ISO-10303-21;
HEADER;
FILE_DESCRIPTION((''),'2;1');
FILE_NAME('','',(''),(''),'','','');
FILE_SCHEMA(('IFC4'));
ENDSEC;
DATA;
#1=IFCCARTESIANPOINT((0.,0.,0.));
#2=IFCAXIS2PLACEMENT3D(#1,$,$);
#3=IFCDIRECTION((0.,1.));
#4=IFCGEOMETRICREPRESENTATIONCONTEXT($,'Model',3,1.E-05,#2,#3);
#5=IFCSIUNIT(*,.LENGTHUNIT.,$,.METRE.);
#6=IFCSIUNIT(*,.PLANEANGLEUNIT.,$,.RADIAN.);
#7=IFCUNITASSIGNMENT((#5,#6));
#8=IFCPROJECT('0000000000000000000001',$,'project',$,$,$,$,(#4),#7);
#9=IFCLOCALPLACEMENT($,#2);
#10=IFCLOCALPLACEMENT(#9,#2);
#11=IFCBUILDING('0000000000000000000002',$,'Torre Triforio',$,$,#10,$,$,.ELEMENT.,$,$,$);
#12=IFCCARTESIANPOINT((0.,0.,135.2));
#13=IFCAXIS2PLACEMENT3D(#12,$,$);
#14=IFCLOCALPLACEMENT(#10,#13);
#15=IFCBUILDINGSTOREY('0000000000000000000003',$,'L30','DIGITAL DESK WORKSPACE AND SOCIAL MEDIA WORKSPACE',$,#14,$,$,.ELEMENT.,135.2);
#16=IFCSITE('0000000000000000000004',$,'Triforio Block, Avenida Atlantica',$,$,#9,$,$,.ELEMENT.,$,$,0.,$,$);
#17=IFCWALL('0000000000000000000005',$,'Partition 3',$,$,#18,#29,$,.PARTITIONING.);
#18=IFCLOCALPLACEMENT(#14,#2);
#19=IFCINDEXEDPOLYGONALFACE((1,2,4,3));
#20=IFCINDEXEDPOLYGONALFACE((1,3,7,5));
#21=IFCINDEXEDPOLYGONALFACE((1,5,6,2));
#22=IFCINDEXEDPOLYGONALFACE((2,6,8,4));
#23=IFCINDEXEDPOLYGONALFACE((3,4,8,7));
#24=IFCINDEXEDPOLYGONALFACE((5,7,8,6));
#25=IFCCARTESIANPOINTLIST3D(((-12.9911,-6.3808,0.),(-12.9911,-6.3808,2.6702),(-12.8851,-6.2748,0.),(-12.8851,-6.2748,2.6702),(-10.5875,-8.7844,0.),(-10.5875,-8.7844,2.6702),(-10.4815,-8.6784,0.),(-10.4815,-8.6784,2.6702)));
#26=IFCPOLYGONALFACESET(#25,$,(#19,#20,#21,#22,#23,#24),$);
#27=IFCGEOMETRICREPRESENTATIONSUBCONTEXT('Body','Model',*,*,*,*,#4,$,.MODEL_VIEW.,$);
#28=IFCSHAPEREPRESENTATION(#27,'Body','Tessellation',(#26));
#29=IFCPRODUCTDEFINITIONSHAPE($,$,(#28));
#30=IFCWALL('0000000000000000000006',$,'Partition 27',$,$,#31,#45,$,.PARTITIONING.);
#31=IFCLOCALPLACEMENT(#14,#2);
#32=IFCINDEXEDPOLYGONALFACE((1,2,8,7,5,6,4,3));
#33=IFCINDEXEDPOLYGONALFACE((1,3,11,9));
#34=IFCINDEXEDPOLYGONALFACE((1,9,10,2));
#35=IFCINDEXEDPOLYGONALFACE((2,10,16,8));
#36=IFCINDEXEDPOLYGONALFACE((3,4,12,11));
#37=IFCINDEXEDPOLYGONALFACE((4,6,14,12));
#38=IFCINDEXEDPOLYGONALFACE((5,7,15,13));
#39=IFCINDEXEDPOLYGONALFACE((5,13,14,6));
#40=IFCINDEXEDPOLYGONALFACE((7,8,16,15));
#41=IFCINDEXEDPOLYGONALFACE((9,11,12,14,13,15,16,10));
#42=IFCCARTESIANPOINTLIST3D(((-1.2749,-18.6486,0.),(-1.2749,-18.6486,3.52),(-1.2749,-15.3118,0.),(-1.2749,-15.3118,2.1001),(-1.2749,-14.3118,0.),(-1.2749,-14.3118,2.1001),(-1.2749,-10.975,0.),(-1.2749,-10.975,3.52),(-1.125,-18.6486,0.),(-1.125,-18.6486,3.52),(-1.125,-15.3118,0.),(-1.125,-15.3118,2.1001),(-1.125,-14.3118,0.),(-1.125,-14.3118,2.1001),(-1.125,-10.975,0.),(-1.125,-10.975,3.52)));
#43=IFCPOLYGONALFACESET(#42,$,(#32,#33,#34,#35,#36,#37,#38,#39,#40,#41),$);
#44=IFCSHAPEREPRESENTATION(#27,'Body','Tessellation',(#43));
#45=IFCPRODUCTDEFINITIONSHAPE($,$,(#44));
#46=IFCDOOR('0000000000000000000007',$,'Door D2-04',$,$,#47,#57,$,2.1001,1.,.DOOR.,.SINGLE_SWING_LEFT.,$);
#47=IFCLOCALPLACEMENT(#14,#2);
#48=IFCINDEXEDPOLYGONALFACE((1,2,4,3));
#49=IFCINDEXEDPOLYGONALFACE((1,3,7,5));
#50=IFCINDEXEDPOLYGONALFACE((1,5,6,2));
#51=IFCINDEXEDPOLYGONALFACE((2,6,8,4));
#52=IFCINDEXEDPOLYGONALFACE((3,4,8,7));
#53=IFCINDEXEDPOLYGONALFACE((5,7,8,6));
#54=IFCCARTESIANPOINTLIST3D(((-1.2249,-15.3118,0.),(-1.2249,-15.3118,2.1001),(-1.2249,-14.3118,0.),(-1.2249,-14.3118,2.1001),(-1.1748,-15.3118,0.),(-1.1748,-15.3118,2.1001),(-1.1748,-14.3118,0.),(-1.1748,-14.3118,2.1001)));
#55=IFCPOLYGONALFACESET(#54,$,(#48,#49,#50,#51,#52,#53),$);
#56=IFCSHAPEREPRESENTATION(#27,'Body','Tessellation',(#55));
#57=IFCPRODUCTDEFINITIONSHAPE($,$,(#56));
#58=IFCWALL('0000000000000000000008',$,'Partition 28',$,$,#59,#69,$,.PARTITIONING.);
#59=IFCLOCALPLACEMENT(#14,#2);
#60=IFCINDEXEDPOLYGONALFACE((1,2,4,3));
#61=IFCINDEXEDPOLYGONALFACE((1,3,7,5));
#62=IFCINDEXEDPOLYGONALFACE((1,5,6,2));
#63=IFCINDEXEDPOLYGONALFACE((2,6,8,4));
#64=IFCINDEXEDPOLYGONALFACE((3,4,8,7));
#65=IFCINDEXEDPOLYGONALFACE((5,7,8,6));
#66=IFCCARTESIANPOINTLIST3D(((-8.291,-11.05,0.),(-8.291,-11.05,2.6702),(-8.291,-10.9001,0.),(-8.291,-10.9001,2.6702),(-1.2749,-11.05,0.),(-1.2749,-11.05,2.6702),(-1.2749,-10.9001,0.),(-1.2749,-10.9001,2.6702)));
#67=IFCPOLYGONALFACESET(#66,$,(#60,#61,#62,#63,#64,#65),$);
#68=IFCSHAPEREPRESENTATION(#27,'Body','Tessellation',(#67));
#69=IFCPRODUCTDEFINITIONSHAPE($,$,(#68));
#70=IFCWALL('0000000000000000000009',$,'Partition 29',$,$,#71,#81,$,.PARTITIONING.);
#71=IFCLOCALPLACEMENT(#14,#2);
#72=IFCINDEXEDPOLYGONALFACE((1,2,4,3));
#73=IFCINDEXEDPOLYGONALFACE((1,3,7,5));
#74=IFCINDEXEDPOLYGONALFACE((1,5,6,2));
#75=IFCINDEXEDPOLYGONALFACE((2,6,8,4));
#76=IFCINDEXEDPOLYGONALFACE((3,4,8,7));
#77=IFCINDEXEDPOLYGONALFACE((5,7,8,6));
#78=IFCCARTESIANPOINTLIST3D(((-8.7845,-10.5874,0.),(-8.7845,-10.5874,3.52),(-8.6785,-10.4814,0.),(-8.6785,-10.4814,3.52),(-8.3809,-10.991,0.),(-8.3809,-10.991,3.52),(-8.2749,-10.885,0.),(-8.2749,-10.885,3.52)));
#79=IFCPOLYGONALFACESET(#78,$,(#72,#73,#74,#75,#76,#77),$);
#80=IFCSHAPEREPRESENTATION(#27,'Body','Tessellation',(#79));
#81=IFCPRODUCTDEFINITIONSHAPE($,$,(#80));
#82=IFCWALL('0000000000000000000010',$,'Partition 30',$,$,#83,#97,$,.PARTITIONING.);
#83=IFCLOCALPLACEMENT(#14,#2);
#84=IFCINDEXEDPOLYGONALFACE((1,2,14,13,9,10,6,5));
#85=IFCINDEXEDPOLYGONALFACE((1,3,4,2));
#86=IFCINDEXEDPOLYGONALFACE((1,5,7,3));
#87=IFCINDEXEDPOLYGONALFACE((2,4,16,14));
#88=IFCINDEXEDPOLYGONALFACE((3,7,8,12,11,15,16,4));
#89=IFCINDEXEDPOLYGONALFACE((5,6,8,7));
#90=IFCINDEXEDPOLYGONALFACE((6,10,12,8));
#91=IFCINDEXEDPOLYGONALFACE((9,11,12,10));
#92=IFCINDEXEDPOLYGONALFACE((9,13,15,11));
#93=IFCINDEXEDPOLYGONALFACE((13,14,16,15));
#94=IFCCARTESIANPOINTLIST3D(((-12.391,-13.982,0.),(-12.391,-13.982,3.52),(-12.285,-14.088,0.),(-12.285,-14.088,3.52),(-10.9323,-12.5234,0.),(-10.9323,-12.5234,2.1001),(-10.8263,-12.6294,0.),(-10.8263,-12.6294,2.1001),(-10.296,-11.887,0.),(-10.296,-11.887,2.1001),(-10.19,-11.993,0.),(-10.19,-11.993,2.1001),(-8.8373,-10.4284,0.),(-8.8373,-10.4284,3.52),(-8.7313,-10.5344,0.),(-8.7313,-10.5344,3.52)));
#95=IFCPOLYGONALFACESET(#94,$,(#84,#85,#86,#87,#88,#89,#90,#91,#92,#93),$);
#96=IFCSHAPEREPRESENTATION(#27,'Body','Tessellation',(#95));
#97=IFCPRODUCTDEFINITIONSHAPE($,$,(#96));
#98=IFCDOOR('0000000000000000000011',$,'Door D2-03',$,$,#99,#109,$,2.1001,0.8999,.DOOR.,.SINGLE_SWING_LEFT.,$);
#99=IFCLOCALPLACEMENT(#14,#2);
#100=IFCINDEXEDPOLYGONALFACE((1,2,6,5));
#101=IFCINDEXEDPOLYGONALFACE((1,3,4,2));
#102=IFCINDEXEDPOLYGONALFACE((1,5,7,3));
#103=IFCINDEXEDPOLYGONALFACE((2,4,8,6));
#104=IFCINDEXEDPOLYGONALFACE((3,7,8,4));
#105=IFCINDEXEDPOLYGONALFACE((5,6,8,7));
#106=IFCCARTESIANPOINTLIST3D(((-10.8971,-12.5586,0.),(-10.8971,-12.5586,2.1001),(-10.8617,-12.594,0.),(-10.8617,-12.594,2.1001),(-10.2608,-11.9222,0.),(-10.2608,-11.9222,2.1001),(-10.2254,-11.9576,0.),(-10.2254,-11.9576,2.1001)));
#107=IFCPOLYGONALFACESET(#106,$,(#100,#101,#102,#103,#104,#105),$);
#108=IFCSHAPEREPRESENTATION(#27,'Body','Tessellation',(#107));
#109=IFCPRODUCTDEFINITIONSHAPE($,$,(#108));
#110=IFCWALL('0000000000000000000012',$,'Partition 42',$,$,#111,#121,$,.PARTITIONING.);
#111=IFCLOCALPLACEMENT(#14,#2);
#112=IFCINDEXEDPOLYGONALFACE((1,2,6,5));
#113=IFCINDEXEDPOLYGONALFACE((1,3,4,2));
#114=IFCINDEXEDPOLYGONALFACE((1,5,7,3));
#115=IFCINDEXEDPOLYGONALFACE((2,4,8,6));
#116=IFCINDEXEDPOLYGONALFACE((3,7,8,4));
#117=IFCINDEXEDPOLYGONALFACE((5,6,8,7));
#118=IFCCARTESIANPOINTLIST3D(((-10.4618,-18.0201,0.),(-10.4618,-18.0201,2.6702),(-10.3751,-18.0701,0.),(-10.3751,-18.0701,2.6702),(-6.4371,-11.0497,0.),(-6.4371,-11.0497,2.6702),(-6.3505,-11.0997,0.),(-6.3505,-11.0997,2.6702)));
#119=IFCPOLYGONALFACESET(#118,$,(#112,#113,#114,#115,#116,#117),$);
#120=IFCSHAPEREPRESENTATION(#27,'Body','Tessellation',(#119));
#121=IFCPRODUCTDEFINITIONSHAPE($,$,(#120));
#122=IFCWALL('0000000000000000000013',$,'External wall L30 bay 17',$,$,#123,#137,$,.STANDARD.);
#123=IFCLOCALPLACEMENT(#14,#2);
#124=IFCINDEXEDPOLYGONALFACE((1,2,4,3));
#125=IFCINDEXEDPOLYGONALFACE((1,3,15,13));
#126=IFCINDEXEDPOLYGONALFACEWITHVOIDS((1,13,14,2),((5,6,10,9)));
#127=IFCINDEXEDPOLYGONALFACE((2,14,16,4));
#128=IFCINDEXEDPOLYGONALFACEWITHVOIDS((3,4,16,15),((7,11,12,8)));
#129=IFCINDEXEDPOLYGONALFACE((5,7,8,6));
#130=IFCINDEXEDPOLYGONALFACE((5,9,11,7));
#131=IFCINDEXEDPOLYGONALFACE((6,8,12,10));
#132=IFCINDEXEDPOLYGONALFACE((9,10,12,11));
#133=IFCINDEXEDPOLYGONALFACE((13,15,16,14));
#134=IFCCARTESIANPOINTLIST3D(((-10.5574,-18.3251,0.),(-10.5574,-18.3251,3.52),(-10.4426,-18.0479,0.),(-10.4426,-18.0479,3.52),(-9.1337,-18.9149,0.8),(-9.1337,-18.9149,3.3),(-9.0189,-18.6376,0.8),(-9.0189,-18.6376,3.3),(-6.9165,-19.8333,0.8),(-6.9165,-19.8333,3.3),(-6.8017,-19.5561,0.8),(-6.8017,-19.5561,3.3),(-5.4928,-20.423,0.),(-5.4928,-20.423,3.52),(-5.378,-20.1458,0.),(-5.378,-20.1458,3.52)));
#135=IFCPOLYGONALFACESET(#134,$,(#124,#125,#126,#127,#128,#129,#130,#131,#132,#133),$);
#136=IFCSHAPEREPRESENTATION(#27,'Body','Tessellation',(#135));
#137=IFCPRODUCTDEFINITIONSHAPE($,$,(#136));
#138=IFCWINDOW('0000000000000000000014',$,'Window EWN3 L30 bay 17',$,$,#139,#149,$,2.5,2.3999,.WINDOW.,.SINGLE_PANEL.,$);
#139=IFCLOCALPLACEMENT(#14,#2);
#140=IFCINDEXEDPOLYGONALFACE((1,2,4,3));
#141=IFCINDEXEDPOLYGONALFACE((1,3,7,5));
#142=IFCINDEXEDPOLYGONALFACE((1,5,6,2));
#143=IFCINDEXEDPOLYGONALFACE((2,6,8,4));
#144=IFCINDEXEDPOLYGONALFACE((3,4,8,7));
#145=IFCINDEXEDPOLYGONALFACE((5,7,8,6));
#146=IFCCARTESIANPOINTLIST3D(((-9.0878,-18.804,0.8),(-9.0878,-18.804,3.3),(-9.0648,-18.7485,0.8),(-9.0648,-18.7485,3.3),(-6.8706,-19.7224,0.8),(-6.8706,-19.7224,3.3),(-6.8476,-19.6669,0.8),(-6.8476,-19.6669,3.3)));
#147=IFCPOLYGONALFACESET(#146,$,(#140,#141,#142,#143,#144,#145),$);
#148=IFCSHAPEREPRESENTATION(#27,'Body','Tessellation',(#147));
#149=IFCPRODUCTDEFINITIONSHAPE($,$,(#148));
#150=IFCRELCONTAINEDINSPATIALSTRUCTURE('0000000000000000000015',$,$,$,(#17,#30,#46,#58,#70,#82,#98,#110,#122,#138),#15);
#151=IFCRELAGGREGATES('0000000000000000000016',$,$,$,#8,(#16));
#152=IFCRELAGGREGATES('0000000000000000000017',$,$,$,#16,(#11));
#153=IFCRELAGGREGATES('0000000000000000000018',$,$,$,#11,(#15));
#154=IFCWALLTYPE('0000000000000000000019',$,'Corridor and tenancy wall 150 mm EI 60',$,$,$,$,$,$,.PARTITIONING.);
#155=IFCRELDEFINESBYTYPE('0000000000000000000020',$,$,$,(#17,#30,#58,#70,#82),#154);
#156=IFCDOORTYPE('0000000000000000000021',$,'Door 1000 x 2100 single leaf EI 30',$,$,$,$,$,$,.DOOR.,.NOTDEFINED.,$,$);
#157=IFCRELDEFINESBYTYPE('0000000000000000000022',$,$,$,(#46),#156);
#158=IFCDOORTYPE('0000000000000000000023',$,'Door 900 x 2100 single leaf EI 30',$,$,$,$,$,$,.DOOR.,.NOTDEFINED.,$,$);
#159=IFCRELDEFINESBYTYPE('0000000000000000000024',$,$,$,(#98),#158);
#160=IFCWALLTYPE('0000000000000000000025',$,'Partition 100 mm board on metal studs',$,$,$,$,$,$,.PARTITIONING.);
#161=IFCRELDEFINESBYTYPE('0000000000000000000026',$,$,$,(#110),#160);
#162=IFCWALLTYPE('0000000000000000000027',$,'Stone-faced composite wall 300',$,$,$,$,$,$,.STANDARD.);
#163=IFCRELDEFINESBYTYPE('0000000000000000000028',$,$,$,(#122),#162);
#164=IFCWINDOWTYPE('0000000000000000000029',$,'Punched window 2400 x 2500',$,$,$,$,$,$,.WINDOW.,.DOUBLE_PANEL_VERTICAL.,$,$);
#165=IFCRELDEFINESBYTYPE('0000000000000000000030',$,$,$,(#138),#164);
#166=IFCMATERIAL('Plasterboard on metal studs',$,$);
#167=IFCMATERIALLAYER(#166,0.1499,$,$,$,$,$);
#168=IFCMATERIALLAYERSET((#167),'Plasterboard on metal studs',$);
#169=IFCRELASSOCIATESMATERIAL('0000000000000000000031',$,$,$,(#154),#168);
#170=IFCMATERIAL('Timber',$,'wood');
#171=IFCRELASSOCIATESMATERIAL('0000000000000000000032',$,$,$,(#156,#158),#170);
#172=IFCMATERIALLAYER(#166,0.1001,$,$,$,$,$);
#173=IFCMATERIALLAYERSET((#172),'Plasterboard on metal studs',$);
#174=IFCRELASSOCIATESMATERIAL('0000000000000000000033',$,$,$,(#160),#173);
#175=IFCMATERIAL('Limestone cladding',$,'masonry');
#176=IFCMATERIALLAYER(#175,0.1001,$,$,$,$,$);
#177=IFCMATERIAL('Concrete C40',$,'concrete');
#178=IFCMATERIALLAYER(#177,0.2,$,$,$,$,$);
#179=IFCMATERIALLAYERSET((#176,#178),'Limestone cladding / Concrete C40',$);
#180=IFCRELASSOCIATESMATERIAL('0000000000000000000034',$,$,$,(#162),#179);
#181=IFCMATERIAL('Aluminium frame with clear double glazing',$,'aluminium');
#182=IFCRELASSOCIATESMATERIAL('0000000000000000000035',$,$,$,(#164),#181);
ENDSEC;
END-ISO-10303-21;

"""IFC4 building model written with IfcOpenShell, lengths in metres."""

from ifc_helpers import new_model, si_unit, direction, frame, frame_2d, origin, place, context, subcontext, project, spatial, rectangle, extrude, material, layer, layer_set, type_object, element, fill, save


model = new_model("IFC4")

# Units and contexts
model_context = context("Model", 3, precision=1e-05, world=origin(), true_north=direction((0.0, 1.0)))
body_context = subcontext(model_context, "Body", "Model", "MODEL_VIEW")
ifc_project = project(units=[si_unit("LENGTHUNIT", "METRE"), si_unit("PLANEANGLEUNIT", "RADIAN")], contexts=[model_context])

# Site, building, storey
site_placement = place(None, origin())
site = spatial("IfcSite", under=ifc_project, at=site_placement, Name="Triforio Block, Avenida Atlantica", CompositionType="ELEMENT", RefElevation=0.0)
building_placement = place(site_placement, origin())
building = spatial("IfcBuilding", under=site, at=building_placement, Name="Torre Triforio", CompositionType="ELEMENT")
storey_placement = place(building_placement, frame((0.0, 0.0, 135.2)))
storey = spatial("IfcBuildingStorey", under=building, at=storey_placement, Name="L30", Description="DIGITAL DESK WORKSPACE AND SOCIAL MEDIA WORKSPACE", CompositionType="ELEMENT", Elevation=135.2)

# Wall
ifc_material_1 = material(Name="Plasterboard on metal studs")
ifc_layer_1 = layer(ifc_material_1, 0.1499)
ifc_layer_set_1 = layer_set([ifc_layer_1], Name="Plasterboard on metal studs")
wall_type_1 = type_object("IfcWallType", Name="Corridor and tenancy wall 150 mm EI 60", PredefinedType="PARTITIONING", material=ifc_layer_set_1)
wall_1_placement = place(storey_placement, frame((-10.5344, -8.7314, 0.0), z_axis=(0.0, 0.0, 1.0), x_axis=(-0.707107, 0.707107, 0.0)))
element("IfcWall", 1, at=wall_1_placement, inside=storey, type_object=wall_type_1, Name="Partition 3", PredefinedType="PARTITIONING", context=body_context, shape_type="SweptSolid", body=[
    extrude(rectangle(XDim=3.3992, YDim=0.1499, at=frame_2d((1.6997, 0.0))), origin(), (0.0, 0.0, 1.0), 2.6702),
])

# Wall, opening, door
wall_2_placement = place(storey_placement, frame((-1.2, -18.6487, 0.0), z_axis=(0.0, 0.0, 1.0), x_axis=(0.0, 1.0, 0.0)))
wall_2 = element("IfcWall", 2, at=wall_2_placement, inside=storey, type_object=wall_type_1, Name="Partition 27", PredefinedType="PARTITIONING", context=body_context, shape_type="SweptSolid", body=[
    extrude(rectangle(XDim=7.6736, YDim=0.1499, at=frame_2d((3.8369, 0.0))), origin(), (0.0, 0.0, 1.0), 3.52),
])
opening_1_placement = place(wall_2_placement, frame((3.3369, 0.0, 0.0)))
opening_1 = element("IfcOpeningElement", 3, at=opening_1_placement, cuts=wall_2, PredefinedType="OPENING", context=body_context, shape_type="SweptSolid", body=[
    extrude(rectangle(XDim=1.0, YDim=2.1001, at=frame_2d((0.5, 1.05))), frame((0.0, 0.085, 0.0), z_axis=(0.0, -1.0, 0.0), x_axis=(1.0, 0.0, 0.0)), (0.0, 0.0, 1.0), 0.1699),
])
ifc_material_2 = material(Name="Timber", Category="wood")
door_type_1 = type_object("IfcDoorType", Name="Door 1000 x 2100 single leaf EI 30", OperationType="NOTDEFINED", PredefinedType="DOOR", material=ifc_material_2)
door_1_placement = place(opening_1_placement, origin())
door_1 = element("IfcDoor", 4, at=door_1_placement, inside=storey, type_object=door_type_1, Name="Door D2-04", OperationType="SINGLE_SWING_LEFT", OverallHeight=2.1001, OverallWidth=1.0, PredefinedType="DOOR", context=body_context, shape_type="SweptSolid", body=[
    extrude(rectangle(XDim=1.0, YDim=2.1001, at=frame_2d((0.5, 1.05))), frame((0.0, 0.0249, 0.0), z_axis=(0.0, -1.0, 0.0), x_axis=(1.0, 0.0, 0.0)), (0.0, 0.0, 1.0), 0.05),
])
fill(opening_1, door_1)

# Walls
wall_3_placement = place(storey_placement, frame((-1.2749, -10.9751, 0.0), z_axis=(0.0, 0.0, 1.0), x_axis=(-1.0, 0.0, 0.0)))
element("IfcWall", 5, at=wall_3_placement, inside=storey, type_object=wall_type_1, Name="Partition 28", PredefinedType="PARTITIONING", context=body_context, shape_type="SweptSolid", body=[
    extrude(rectangle(XDim=7.0161, YDim=0.1499, at=frame_2d((3.5081, 0.0))), origin(), (0.0, 0.0, 1.0), 2.6702),
])
wall_4_placement = place(storey_placement, frame((-8.3279, -10.938, 0.0), z_axis=(0.0, 0.0, 1.0), x_axis=(-0.707107, 0.707107, 0.0)))
element("IfcWall", 6, at=wall_4_placement, inside=storey, type_object=wall_type_1, Name="Partition 29", PredefinedType="PARTITIONING", context=body_context, shape_type="SweptSolid", body=[
    extrude(rectangle(XDim=0.5708, YDim=0.1499, at=frame_2d((0.2854, 0.0))), origin(), (0.0, 0.0, 1.0), 3.52),
])

# Wall, opening, door
wall_5_placement = place(storey_placement, frame((-8.7844, -10.4814, 0.0), z_axis=(0.0, 0.0, 1.0), x_axis=(-0.707107, -0.707107, 0.0)))
wall_5 = element("IfcWall", 7, at=wall_5_placement, inside=storey, type_object=wall_type_1, Name="Partition 30", PredefinedType="PARTITIONING", context=body_context, shape_type="SweptSolid", body=[
    extrude(rectangle(XDim=5.0256, YDim=0.1499, at=frame_2d((2.5127, 0.0))), origin(), (0.0, 0.0, 1.0), 3.52),
])
opening_2_placement = place(wall_5_placement, frame((2.0627, 0.0, 0.0)))
opening_2 = element("IfcOpeningElement", 8, at=opening_2_placement, cuts=wall_5, PredefinedType="OPENING", context=body_context, shape_type="SweptSolid", body=[
    extrude(rectangle(XDim=0.8999, YDim=2.1001, at=frame_2d((0.45, 1.05))), frame((0.0, 0.085, 0.0), z_axis=(0.0, -1.0, 0.0), x_axis=(1.0, 0.0, 0.0)), (0.0, 0.0, 1.0), 0.1699),
])
door_type_2 = type_object("IfcDoorType", Name="Door 900 x 2100 single leaf EI 30", OperationType="NOTDEFINED", PredefinedType="DOOR", material=ifc_material_2)
door_2_placement = place(opening_2_placement, origin())
door_2 = element("IfcDoor", 9, at=door_2_placement, inside=storey, type_object=door_type_2, Name="Door D2-03", OperationType="SINGLE_SWING_LEFT", OverallHeight=2.1001, OverallWidth=0.8999, PredefinedType="DOOR", context=body_context, shape_type="SweptSolid", body=[
    extrude(rectangle(XDim=0.8999, YDim=2.1001, at=frame_2d((0.45, 1.05))), frame((0.0, 0.0249, 0.0), z_axis=(0.0, -1.0, 0.0), x_axis=(1.0, 0.0, 0.0)), (0.0, 0.0, 1.0), 0.05),
])
fill(opening_2, door_2)

# Wall
ifc_layer_2 = layer(ifc_material_1, 0.1001)
ifc_layer_set_2 = layer_set([ifc_layer_2], Name="Plasterboard on metal studs")
wall_type_2 = type_object("IfcWallType", Name="Partition 100 mm board on metal studs", PredefinedType="PARTITIONING", material=ifc_layer_set_2)
wall_6_placement = place(storey_placement, frame((-6.3938, -11.0747, 0.0), z_axis=(0.0, 0.0, 1.0), x_axis=(-0.500024, -0.866011, 0.0)))
element("IfcWall", 10, at=wall_6_placement, inside=storey, type_object=wall_type_2, Name="Partition 42", PredefinedType="PARTITIONING", context=body_context, shape_type="SweptSolid", body=[
    extrude(rectangle(XDim=8.0488, YDim=0.1001, at=frame_2d((4.0244, 0.0))), origin(), (0.0, 0.0, 1.0), 2.6702),
])

# Wall, opening, window
ifc_material_3 = material(Name="Limestone cladding", Category="masonry")
ifc_layer_3 = layer(ifc_material_3, 0.1001)
ifc_material_4 = material(Name="Concrete C40", Category="concrete")
ifc_layer_4 = layer(ifc_material_4, 0.2)
ifc_layer_set_3 = layer_set([ifc_layer_3, ifc_layer_4], Name="Limestone cladding / Concrete C40")
wall_type_3 = type_object("IfcWallType", Name="Stone-faced composite wall 300", PredefinedType="STANDARD", material=ifc_layer_set_3)
wall_7_placement = place(storey_placement, frame((-10.5, -18.1865, 0.0), z_axis=(0.0, 0.0, 1.0), x_axis=(0.923877, -0.382689, 0.0)))
wall_7 = element("IfcWall", 11, at=wall_7_placement, inside=storey, type_object=wall_type_3, Name="External wall L30 bay 17", PredefinedType="STANDARD", context=body_context, shape_type="SweptSolid", body=[
    extrude(rectangle(XDim=5.4819, YDim=0.3, at=frame_2d((2.741, 0.0))), origin(), (0.0, 0.0, 1.0), 3.52),
])
opening_3_placement = place(wall_7_placement, frame((1.541, 0.0, 0.8)))
opening_3 = element("IfcOpeningElement", 12, at=opening_3_placement, cuts=wall_7, PredefinedType="OPENING", context=body_context, shape_type="SweptSolid", body=[
    extrude(rectangle(XDim=2.3999, YDim=2.5, at=frame_2d((1.2, 1.25))), frame((0.0, 0.1599, 0.0), z_axis=(0.0, -1.0, 0.0), x_axis=(1.0, 0.0, 0.0)), (0.0, 0.0, 1.0), 0.3201),
])
ifc_material_5 = material(Name="Aluminium frame with clear double glazing", Category="aluminium")
window_type_1 = type_object("IfcWindowType", Name="Punched window 2400 x 2500", PartitioningType="DOUBLE_PANEL_VERTICAL", PredefinedType="WINDOW", material=ifc_material_5)
window_1_placement = place(opening_3_placement, origin())
window_1 = element("IfcWindow", 13, at=window_1_placement, inside=storey, type_object=window_type_1, Name="Window EWN3 L30 bay 17", OverallHeight=2.5, OverallWidth=2.3999, PartitioningType="SINGLE_PANEL", PredefinedType="WINDOW", context=body_context, shape_type="SweptSolid", body=[
    extrude(rectangle(XDim=2.3999, YDim=2.5, at=frame_2d((1.2, 1.25))), frame((0.0, 0.03, 0.0), z_axis=(0.0, -1.0, 0.0), x_axis=(1.0, 0.0, 0.0)), (0.0, 0.0, 1.0), 0.0601),
])
fill(opening_3, window_1)

save(model, "model.ifc")
